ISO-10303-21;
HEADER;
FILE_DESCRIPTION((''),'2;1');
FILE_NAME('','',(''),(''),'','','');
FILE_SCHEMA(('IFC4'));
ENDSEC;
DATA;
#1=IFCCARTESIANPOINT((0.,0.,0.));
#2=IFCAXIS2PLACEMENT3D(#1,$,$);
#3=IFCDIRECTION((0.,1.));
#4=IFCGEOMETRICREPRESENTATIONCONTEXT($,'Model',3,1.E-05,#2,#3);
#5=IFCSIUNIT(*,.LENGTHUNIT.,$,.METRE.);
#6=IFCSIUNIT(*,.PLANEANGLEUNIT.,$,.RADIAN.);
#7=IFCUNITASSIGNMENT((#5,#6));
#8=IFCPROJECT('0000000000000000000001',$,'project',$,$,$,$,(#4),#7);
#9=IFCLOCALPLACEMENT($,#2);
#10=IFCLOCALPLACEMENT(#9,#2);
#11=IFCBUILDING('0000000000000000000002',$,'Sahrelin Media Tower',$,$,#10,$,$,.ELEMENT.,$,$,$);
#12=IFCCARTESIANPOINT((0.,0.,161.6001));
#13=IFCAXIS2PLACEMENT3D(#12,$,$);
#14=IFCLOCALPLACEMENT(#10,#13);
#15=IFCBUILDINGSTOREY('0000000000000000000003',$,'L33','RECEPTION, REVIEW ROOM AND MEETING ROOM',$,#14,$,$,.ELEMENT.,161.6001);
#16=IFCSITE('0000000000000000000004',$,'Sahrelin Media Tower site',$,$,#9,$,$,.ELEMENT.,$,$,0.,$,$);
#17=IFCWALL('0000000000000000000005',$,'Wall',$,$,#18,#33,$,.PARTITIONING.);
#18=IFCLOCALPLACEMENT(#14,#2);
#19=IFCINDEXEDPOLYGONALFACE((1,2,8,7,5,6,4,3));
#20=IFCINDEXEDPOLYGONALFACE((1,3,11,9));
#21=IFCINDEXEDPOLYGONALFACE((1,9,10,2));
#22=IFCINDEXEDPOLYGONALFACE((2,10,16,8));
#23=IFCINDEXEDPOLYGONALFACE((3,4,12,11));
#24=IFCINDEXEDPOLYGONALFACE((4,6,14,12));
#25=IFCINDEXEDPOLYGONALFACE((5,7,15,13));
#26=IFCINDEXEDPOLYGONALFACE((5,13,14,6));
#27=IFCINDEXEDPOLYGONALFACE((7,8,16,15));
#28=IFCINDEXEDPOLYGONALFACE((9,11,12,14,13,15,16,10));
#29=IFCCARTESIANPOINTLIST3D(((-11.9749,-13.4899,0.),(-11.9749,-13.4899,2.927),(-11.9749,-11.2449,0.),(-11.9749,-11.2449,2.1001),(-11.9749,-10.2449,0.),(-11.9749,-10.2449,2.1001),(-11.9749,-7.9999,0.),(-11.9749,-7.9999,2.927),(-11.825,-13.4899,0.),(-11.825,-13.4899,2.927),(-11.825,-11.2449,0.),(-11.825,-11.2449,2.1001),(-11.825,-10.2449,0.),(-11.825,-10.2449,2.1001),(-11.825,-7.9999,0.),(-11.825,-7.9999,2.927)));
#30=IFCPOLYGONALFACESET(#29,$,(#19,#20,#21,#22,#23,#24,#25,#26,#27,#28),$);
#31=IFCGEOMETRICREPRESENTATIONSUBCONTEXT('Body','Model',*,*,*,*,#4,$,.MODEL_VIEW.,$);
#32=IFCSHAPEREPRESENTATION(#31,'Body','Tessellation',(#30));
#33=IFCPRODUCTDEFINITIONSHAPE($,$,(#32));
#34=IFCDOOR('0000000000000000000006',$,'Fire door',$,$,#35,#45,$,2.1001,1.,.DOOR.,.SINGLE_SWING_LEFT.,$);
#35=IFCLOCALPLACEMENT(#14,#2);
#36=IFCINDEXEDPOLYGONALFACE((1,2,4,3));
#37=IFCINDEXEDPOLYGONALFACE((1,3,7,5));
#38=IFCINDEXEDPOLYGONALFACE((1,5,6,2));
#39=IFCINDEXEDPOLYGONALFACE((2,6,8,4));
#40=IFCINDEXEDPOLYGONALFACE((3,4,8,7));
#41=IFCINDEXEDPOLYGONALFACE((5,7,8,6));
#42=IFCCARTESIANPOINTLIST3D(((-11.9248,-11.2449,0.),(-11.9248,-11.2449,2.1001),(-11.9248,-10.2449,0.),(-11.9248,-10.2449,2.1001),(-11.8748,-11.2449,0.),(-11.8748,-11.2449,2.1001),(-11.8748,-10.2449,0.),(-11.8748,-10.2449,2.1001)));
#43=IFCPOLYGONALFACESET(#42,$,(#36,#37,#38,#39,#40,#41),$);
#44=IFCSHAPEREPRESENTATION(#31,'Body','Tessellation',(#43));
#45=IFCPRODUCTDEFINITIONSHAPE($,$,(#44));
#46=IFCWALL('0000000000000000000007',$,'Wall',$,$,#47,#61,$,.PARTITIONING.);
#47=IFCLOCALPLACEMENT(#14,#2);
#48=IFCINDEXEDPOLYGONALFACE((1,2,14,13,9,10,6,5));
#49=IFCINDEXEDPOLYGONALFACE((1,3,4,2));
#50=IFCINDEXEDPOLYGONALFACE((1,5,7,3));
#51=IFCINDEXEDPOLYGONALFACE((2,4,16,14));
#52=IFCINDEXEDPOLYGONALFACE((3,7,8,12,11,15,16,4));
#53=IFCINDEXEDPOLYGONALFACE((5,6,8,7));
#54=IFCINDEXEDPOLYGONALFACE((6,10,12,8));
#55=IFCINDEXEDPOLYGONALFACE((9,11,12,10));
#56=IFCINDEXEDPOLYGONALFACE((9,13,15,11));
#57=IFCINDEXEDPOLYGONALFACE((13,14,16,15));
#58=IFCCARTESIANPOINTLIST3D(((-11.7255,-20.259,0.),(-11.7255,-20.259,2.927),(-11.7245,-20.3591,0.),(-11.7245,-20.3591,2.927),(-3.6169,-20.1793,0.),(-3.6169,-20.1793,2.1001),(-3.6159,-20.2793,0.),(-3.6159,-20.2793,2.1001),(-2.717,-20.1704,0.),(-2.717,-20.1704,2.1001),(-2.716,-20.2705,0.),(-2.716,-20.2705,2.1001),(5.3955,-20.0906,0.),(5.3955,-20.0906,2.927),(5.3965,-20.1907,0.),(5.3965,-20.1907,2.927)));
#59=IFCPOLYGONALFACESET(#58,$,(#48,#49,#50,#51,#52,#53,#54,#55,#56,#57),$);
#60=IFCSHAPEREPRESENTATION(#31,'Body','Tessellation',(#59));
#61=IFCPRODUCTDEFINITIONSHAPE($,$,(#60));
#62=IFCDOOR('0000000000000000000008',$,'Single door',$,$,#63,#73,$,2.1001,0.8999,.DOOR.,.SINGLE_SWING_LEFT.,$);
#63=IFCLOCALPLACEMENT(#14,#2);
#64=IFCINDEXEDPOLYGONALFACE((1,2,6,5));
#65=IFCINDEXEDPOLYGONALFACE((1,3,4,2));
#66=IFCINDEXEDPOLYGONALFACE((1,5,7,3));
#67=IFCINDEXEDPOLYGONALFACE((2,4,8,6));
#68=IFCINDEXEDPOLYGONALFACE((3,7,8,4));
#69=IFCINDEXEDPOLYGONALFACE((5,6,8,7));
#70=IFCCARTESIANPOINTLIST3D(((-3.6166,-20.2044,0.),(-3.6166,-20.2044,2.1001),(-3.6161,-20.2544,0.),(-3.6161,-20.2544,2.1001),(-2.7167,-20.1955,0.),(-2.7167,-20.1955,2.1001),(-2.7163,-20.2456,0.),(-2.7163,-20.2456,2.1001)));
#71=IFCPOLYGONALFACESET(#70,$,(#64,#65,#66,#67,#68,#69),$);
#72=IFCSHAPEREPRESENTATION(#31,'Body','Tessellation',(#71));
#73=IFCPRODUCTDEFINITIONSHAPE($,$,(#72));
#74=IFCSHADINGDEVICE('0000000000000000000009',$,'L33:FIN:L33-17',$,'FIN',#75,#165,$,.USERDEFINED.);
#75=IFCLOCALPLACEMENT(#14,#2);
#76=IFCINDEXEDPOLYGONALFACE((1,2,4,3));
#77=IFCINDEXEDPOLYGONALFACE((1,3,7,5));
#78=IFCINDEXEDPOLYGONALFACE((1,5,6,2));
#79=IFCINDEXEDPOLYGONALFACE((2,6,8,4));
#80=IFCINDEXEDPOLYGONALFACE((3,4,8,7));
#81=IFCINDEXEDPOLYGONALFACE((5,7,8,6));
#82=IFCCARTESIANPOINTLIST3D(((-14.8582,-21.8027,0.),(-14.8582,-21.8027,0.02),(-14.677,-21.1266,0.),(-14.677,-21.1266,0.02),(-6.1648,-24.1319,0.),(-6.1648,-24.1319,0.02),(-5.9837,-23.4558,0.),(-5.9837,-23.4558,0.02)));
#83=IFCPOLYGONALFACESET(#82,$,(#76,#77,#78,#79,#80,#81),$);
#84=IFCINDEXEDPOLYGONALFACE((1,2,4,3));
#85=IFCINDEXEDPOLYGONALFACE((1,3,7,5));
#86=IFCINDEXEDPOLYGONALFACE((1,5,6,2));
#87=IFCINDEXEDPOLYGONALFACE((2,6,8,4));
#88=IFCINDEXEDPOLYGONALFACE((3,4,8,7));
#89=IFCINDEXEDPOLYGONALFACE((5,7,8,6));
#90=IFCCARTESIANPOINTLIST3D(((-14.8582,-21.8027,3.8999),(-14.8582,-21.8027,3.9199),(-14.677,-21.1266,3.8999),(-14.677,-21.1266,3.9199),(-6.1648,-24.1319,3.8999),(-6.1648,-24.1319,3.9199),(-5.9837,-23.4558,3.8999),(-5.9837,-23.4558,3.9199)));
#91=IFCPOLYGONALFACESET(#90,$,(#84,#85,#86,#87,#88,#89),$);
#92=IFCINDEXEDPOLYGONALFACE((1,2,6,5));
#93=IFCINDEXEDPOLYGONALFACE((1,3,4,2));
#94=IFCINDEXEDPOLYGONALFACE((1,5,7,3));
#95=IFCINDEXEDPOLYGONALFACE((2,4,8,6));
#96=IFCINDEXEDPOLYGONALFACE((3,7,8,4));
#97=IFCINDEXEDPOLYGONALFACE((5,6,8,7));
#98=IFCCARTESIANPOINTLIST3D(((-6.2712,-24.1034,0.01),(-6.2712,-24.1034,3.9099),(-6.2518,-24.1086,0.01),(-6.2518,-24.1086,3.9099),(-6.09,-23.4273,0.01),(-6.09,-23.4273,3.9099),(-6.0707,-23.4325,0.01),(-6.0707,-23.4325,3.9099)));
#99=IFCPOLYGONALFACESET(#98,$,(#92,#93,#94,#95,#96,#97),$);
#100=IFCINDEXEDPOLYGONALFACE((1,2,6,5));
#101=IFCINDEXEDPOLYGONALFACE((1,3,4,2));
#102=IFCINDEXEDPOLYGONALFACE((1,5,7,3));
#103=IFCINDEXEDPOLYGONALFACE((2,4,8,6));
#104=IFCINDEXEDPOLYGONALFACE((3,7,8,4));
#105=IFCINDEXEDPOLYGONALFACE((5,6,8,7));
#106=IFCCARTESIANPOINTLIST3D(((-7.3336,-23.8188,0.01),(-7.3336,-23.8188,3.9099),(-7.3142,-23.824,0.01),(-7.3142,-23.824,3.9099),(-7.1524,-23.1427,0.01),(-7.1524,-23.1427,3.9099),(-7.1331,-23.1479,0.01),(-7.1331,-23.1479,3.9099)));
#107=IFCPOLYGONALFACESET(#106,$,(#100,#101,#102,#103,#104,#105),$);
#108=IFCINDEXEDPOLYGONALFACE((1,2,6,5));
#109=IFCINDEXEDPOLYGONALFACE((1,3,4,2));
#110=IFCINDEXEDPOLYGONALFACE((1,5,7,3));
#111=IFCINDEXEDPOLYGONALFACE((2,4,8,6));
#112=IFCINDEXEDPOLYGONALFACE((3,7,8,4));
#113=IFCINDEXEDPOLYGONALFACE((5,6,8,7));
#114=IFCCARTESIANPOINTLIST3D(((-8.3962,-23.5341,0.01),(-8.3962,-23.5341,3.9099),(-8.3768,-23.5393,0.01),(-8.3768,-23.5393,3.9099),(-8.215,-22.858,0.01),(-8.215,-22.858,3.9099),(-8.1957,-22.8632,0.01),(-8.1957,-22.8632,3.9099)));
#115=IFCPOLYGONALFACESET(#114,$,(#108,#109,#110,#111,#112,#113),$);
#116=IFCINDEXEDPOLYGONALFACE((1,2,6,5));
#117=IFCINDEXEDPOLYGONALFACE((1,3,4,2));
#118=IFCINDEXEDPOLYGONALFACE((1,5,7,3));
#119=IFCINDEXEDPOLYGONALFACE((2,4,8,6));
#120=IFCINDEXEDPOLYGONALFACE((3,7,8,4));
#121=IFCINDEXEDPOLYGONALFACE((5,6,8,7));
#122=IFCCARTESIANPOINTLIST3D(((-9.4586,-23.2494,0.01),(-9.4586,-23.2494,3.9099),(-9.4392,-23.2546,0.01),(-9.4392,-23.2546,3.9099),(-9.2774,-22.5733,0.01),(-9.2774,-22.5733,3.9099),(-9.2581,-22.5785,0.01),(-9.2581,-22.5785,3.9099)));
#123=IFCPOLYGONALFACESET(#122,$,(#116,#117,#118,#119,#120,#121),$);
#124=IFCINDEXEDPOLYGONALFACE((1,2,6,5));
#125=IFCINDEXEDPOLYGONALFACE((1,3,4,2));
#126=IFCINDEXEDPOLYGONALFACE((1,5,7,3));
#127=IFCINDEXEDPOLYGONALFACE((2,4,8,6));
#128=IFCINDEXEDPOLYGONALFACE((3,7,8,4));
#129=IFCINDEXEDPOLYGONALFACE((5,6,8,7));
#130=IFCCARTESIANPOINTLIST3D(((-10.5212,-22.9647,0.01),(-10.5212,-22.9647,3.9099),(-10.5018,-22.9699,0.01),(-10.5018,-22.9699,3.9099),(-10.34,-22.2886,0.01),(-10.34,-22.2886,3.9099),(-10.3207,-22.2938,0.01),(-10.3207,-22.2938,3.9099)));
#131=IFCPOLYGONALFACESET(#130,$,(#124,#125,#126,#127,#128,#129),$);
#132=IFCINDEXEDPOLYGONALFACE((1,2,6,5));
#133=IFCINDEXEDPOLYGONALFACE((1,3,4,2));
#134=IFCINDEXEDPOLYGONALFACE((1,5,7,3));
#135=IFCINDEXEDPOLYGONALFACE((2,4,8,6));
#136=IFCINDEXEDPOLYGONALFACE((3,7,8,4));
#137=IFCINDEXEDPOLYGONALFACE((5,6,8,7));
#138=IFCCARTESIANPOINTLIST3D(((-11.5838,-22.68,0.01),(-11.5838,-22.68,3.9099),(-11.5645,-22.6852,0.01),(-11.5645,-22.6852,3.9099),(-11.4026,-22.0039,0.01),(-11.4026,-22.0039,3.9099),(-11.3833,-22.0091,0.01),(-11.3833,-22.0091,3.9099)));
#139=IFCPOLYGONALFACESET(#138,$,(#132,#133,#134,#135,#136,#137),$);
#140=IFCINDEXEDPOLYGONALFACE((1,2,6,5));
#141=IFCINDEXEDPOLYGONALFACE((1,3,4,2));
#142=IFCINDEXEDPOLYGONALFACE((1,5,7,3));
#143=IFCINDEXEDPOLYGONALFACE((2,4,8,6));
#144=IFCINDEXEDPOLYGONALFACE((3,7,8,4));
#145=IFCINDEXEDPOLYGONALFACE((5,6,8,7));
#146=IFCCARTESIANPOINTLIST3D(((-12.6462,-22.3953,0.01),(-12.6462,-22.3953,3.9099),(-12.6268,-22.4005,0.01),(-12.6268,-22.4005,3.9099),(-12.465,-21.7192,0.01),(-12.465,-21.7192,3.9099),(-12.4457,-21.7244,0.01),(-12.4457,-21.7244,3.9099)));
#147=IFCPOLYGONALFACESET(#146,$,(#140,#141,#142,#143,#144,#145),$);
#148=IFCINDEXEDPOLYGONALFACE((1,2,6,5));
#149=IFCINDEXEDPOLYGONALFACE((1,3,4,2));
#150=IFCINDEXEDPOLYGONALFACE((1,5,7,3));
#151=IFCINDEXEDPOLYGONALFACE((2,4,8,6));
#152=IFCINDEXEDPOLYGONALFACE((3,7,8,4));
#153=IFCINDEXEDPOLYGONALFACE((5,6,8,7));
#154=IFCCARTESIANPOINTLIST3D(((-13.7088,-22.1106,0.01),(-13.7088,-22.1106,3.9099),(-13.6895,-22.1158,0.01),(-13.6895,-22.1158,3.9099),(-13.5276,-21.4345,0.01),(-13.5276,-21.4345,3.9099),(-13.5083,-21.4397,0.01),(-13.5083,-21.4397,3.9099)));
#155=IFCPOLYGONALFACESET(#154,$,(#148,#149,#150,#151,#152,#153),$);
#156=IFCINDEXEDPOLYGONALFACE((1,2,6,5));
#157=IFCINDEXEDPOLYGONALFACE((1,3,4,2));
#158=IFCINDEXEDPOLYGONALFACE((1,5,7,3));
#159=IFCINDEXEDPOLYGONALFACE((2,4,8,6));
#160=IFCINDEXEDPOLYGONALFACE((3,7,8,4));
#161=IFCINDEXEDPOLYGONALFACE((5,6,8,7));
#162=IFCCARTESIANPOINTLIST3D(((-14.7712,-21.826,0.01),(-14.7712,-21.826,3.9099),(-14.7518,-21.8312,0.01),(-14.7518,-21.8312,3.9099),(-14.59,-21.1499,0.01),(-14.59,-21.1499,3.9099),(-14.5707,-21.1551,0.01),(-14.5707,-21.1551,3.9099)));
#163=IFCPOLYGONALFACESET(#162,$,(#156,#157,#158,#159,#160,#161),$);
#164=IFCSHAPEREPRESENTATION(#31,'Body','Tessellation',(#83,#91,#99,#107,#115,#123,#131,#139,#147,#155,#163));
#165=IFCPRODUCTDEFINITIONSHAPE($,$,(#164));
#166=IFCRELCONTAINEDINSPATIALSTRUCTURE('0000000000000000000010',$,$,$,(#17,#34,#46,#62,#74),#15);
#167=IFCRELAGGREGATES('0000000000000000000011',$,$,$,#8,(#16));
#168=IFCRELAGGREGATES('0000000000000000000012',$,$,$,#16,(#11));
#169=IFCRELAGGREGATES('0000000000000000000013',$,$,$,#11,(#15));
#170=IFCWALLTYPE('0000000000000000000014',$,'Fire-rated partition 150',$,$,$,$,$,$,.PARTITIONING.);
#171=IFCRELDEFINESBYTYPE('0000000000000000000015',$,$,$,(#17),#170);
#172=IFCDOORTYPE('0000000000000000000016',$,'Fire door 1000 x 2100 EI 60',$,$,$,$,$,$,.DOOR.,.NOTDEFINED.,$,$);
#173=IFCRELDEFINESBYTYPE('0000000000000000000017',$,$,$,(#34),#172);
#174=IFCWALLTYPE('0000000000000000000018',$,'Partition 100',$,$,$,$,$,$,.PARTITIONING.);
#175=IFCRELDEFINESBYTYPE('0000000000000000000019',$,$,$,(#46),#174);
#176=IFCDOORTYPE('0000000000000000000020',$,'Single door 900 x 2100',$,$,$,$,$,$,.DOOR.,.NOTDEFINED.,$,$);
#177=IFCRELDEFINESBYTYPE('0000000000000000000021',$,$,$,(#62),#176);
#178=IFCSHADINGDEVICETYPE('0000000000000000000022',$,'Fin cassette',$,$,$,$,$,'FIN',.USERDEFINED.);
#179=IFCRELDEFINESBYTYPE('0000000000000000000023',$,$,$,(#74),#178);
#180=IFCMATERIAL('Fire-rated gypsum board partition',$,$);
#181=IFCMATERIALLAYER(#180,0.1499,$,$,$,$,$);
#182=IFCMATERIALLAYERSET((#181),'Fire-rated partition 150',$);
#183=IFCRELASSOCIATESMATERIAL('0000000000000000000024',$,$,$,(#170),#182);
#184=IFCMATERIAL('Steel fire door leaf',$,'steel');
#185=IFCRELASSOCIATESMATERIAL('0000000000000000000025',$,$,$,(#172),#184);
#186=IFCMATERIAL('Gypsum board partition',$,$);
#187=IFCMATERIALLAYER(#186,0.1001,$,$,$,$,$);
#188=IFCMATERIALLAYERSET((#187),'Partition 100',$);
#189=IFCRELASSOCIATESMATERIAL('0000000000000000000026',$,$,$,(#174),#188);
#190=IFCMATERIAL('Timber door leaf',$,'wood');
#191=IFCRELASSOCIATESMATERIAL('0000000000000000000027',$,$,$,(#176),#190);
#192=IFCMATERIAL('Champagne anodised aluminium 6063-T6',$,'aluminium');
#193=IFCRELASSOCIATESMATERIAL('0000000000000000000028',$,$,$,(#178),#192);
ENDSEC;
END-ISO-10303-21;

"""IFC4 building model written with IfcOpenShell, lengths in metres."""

from ifc_helpers import new_model, si_unit, direction, frame, frame_2d, origin, origin_2d, place, context, subcontext, project, spatial, rectangle, extrude, material, layer, layer_set, type_object, element, fill, save


model = new_model("IFC4")

# Units and contexts
model_context = context("Model", 3, precision=1e-05, world=origin(), true_north=direction((0.0, 1.0)))
body_context = subcontext(model_context, "Body", "Model", "MODEL_VIEW")
ifc_project = project(units=[si_unit("LENGTHUNIT", "METRE"), si_unit("PLANEANGLEUNIT", "RADIAN")], contexts=[model_context])

# Site, building, storey
site_placement = place(None, origin())
site = spatial("IfcSite", under=ifc_project, at=site_placement, Name="Sahrelin Media Tower site", CompositionType="ELEMENT", RefElevation=0.0)
building_placement = place(site_placement, origin())
building = spatial("IfcBuilding", under=site, at=building_placement, Name="Sahrelin Media Tower", CompositionType="ELEMENT")
storey_placement = place(building_placement, frame((0.0, 0.0, 161.6001)))
storey = spatial("IfcBuildingStorey", under=building, at=storey_placement, Name="L33", Description="RECEPTION, REVIEW ROOM AND MEETING ROOM", CompositionType="ELEMENT", Elevation=161.6001)

# Shared definitions
ifc_material_1 = material(Name="Champagne anodised aluminium 6063-T6", Category="aluminium")

# Shared definitions
ifc_material_2 = material(Name="Fire-rated gypsum board partition")
ifc_layer_1 = layer(ifc_material_2, 0.1499)
ifc_layer_set_1 = layer_set([ifc_layer_1], Name="Fire-rated partition 150")
wall_type_1 = type_object("IfcWallType", Name="Fire-rated partition 150", PredefinedType="PARTITIONING", material=ifc_layer_set_1)

# Shared definitions
ifc_material_3 = material(Name="Steel fire door leaf", Category="steel")
door_type_1 = type_object("IfcDoorType", Name="Fire door 1000 x 2100 EI 60", OperationType="NOTDEFINED", PredefinedType="DOOR", material=ifc_material_3)

# Walls, openings, doors
wall_1_placement = place(storey_placement, frame((-11.8999, -13.49, 0.0), z_axis=(0.0, 0.0, 1.0), x_axis=(0.0, 1.0, 0.0)))
wall_1 = element("IfcWall", 1, at=wall_1_placement, inside=storey, type_object=wall_type_1, Name="Wall", PredefinedType="PARTITIONING", context=body_context, shape_type="SweptSolid", body=[
    extrude(rectangle(XDim=5.49, YDim=0.1499, at=frame_2d((2.7451, 0.0))), origin(), (0.0, 0.0, 1.0), 2.927),
])
opening_1_placement = place(wall_1_placement, frame((2.2451, 0.0, 0.0)))
opening_1 = element("IfcOpeningElement", 2, at=opening_1_placement, cuts=wall_1, PredefinedType="OPENING", context=body_context, shape_type="SweptSolid", body=[
    extrude(rectangle(XDim=1.0, YDim=2.1001, at=frame_2d((0.5, 1.05))), frame((0.0, 0.075, 0.0), z_axis=(0.0, -1.0, 0.0), x_axis=(1.0, 0.0, 0.0)), (0.0, 0.0, 1.0), 0.1499),
])
door_1_placement = place(opening_1_placement, origin())
door_1 = element("IfcDoor", 3, at=door_1_placement, inside=storey, type_object=door_type_1, Name="Fire door", OperationType="SINGLE_SWING_LEFT", OverallHeight=2.1001, OverallWidth=1.0, PredefinedType="DOOR", context=body_context, shape_type="SweptSolid", body=[
    extrude(rectangle(XDim=1.0, YDim=2.1001, at=frame_2d((0.5, 1.05))), frame((0.0, 0.0249, 0.0), z_axis=(0.0, -1.0, 0.0), x_axis=(1.0, 0.0, 0.0)), (0.0, 0.0, 1.0), 0.05),
])
fill(opening_1, door_1)
ifc_material_4 = material(Name="Gypsum board partition")
ifc_layer_2 = layer(ifc_material_4, 0.1001)
ifc_layer_set_2 = layer_set([ifc_layer_2], Name="Partition 100")
wall_type_2 = type_object("IfcWallType", Name="Partition 100", PredefinedType="PARTITIONING", material=ifc_layer_set_2)
wall_2_placement = place(storey_placement, frame((-11.7251, -20.3091, 0.0), z_axis=(0.0, 0.0, 1.0), x_axis=(0.999952, 0.009839, 0.0)))
wall_2 = element("IfcWall", 4, at=wall_2_placement, inside=storey, type_object=wall_type_2, Name="Wall", PredefinedType="PARTITIONING", context=body_context, shape_type="SweptSolid", body=[
    extrude(rectangle(XDim=17.1218, YDim=0.1001, at=frame_2d((8.561, 0.0))), origin(), (0.0, 0.0, 1.0), 2.927),
])
opening_2_placement = place(wall_2_placement, frame((8.1091, 0.0, 0.0)))
opening_2 = element("IfcOpeningElement", 5, at=opening_2_placement, cuts=wall_2, PredefinedType="OPENING", context=body_context, shape_type="SweptSolid", body=[
    extrude(rectangle(XDim=0.8999, YDim=2.1001, at=frame_2d((0.45, 1.05))), frame((0.0, 0.05, 0.0), z_axis=(0.0, -1.0, 0.0), x_axis=(1.0, 0.0, 0.0)), (0.0, 0.0, 1.0), 0.1001),
])
ifc_material_5 = material(Name="Timber door leaf", Category="wood")
door_type_2 = type_object("IfcDoorType", Name="Single door 900 x 2100", OperationType="NOTDEFINED", PredefinedType="DOOR", material=ifc_material_5)
door_2_placement = place(opening_2_placement, origin())
door_2 = element("IfcDoor", 6, at=door_2_placement, inside=storey, type_object=door_type_2, Name="Single door", OperationType="SINGLE_SWING_LEFT", OverallHeight=2.1001, OverallWidth=0.8999, PredefinedType="DOOR", context=body_context, shape_type="SweptSolid", body=[
    extrude(rectangle(XDim=0.8999, YDim=2.1001, at=frame_2d((0.45, 1.05))), frame((0.0, 0.0249, 0.0), z_axis=(0.0, -1.0, 0.0), x_axis=(1.0, 0.0, 0.0)), (0.0, 0.0, 1.0), 0.05),
])
fill(opening_2, door_2)

# Shading device
shading_device_type_1 = type_object("IfcShadingDeviceType", Name="Fin cassette", ElementType="FIN", PredefinedType="USERDEFINED", material=ifc_material_1)
placement = place(storey_placement, frame((-10.3123, -22.2236, 0.0), z_axis=(0.0, 0.0, 1.0), x_axis=(-0.965929, 0.258808, 0.0)))
element("IfcShadingDevice", 7, at=placement, inside=storey, type_object=shading_device_type_1, Name="L33:FIN:L33-17", ObjectType="FIN", PredefinedType="USERDEFINED", context=body_context, shape_type="SweptSolid", body=[
    extrude(rectangle(XDim=9.0, YDim=0.7, at=origin_2d()), frame((0.0, 0.4199, 0.0)), (0.0, 0.0, 1.0), 0.02),
    extrude(rectangle(XDim=9.0, YDim=0.7, at=origin_2d()), frame((0.0, 0.4199, 3.8999)), (0.0, 0.0, 1.0), 0.02),
    extrude(rectangle(XDim=0.02, YDim=0.7, at=origin_2d()), frame((-4.3999, 0.4199, 0.01), z_axis=(0.0, 0.0, 1.0), x_axis=(1.0, 0.0, 0.0)), (0.0, 0.0, 1.0), 3.8999),
    extrude(rectangle(XDim=0.02, YDim=0.7, at=origin_2d()), frame((-3.3, 0.4199, 0.01), z_axis=(0.0, 0.0, 1.0), x_axis=(1.0, 0.0, 0.0)), (0.0, 0.0, 1.0), 3.8999),
    extrude(rectangle(XDim=0.02, YDim=0.7, at=origin_2d()), frame((-2.2, 0.4199, 0.01), z_axis=(0.0, 0.0, 1.0), x_axis=(1.0, 0.0, 0.0)), (0.0, 0.0, 1.0), 3.8999),
    extrude(rectangle(XDim=0.02, YDim=0.7, at=origin_2d()), frame((-1.1001, 0.4199, 0.01), z_axis=(0.0, 0.0, 1.0), x_axis=(1.0, 0.0, 0.0)), (0.0, 0.0, 1.0), 3.8999),
    extrude(rectangle(XDim=0.02, YDim=0.7, at=origin_2d()), frame((0.0, 0.4199, 0.01), z_axis=(0.0, 0.0, 1.0), x_axis=(1.0, 0.0, 0.0)), (0.0, 0.0, 1.0), 3.8999),
    extrude(rectangle(XDim=0.02, YDim=0.7, at=origin_2d()), frame((1.1001, 0.4199, 0.01), z_axis=(0.0, 0.0, 1.0), x_axis=(1.0, 0.0, 0.0)), (0.0, 0.0, 1.0), 3.8999),
    extrude(rectangle(XDim=0.02, YDim=0.7, at=origin_2d()), frame((2.2, 0.4199, 0.01), z_axis=(0.0, 0.0, 1.0), x_axis=(1.0, 0.0, 0.0)), (0.0, 0.0, 1.0), 3.8999),
    extrude(rectangle(XDim=0.02, YDim=0.7, at=origin_2d()), frame((3.3, 0.4199, 0.01), z_axis=(0.0, 0.0, 1.0), x_axis=(1.0, 0.0, 0.0)), (0.0, 0.0, 1.0), 3.8999),
    extrude(rectangle(XDim=0.02, YDim=0.7, at=origin_2d()), frame((4.3999, 0.4199, 0.01), z_axis=(0.0, 0.0, 1.0), x_axis=(1.0, 0.0, 0.0)), (0.0, 0.0, 1.0), 3.8999),
])

save(model, "model.ifc")
